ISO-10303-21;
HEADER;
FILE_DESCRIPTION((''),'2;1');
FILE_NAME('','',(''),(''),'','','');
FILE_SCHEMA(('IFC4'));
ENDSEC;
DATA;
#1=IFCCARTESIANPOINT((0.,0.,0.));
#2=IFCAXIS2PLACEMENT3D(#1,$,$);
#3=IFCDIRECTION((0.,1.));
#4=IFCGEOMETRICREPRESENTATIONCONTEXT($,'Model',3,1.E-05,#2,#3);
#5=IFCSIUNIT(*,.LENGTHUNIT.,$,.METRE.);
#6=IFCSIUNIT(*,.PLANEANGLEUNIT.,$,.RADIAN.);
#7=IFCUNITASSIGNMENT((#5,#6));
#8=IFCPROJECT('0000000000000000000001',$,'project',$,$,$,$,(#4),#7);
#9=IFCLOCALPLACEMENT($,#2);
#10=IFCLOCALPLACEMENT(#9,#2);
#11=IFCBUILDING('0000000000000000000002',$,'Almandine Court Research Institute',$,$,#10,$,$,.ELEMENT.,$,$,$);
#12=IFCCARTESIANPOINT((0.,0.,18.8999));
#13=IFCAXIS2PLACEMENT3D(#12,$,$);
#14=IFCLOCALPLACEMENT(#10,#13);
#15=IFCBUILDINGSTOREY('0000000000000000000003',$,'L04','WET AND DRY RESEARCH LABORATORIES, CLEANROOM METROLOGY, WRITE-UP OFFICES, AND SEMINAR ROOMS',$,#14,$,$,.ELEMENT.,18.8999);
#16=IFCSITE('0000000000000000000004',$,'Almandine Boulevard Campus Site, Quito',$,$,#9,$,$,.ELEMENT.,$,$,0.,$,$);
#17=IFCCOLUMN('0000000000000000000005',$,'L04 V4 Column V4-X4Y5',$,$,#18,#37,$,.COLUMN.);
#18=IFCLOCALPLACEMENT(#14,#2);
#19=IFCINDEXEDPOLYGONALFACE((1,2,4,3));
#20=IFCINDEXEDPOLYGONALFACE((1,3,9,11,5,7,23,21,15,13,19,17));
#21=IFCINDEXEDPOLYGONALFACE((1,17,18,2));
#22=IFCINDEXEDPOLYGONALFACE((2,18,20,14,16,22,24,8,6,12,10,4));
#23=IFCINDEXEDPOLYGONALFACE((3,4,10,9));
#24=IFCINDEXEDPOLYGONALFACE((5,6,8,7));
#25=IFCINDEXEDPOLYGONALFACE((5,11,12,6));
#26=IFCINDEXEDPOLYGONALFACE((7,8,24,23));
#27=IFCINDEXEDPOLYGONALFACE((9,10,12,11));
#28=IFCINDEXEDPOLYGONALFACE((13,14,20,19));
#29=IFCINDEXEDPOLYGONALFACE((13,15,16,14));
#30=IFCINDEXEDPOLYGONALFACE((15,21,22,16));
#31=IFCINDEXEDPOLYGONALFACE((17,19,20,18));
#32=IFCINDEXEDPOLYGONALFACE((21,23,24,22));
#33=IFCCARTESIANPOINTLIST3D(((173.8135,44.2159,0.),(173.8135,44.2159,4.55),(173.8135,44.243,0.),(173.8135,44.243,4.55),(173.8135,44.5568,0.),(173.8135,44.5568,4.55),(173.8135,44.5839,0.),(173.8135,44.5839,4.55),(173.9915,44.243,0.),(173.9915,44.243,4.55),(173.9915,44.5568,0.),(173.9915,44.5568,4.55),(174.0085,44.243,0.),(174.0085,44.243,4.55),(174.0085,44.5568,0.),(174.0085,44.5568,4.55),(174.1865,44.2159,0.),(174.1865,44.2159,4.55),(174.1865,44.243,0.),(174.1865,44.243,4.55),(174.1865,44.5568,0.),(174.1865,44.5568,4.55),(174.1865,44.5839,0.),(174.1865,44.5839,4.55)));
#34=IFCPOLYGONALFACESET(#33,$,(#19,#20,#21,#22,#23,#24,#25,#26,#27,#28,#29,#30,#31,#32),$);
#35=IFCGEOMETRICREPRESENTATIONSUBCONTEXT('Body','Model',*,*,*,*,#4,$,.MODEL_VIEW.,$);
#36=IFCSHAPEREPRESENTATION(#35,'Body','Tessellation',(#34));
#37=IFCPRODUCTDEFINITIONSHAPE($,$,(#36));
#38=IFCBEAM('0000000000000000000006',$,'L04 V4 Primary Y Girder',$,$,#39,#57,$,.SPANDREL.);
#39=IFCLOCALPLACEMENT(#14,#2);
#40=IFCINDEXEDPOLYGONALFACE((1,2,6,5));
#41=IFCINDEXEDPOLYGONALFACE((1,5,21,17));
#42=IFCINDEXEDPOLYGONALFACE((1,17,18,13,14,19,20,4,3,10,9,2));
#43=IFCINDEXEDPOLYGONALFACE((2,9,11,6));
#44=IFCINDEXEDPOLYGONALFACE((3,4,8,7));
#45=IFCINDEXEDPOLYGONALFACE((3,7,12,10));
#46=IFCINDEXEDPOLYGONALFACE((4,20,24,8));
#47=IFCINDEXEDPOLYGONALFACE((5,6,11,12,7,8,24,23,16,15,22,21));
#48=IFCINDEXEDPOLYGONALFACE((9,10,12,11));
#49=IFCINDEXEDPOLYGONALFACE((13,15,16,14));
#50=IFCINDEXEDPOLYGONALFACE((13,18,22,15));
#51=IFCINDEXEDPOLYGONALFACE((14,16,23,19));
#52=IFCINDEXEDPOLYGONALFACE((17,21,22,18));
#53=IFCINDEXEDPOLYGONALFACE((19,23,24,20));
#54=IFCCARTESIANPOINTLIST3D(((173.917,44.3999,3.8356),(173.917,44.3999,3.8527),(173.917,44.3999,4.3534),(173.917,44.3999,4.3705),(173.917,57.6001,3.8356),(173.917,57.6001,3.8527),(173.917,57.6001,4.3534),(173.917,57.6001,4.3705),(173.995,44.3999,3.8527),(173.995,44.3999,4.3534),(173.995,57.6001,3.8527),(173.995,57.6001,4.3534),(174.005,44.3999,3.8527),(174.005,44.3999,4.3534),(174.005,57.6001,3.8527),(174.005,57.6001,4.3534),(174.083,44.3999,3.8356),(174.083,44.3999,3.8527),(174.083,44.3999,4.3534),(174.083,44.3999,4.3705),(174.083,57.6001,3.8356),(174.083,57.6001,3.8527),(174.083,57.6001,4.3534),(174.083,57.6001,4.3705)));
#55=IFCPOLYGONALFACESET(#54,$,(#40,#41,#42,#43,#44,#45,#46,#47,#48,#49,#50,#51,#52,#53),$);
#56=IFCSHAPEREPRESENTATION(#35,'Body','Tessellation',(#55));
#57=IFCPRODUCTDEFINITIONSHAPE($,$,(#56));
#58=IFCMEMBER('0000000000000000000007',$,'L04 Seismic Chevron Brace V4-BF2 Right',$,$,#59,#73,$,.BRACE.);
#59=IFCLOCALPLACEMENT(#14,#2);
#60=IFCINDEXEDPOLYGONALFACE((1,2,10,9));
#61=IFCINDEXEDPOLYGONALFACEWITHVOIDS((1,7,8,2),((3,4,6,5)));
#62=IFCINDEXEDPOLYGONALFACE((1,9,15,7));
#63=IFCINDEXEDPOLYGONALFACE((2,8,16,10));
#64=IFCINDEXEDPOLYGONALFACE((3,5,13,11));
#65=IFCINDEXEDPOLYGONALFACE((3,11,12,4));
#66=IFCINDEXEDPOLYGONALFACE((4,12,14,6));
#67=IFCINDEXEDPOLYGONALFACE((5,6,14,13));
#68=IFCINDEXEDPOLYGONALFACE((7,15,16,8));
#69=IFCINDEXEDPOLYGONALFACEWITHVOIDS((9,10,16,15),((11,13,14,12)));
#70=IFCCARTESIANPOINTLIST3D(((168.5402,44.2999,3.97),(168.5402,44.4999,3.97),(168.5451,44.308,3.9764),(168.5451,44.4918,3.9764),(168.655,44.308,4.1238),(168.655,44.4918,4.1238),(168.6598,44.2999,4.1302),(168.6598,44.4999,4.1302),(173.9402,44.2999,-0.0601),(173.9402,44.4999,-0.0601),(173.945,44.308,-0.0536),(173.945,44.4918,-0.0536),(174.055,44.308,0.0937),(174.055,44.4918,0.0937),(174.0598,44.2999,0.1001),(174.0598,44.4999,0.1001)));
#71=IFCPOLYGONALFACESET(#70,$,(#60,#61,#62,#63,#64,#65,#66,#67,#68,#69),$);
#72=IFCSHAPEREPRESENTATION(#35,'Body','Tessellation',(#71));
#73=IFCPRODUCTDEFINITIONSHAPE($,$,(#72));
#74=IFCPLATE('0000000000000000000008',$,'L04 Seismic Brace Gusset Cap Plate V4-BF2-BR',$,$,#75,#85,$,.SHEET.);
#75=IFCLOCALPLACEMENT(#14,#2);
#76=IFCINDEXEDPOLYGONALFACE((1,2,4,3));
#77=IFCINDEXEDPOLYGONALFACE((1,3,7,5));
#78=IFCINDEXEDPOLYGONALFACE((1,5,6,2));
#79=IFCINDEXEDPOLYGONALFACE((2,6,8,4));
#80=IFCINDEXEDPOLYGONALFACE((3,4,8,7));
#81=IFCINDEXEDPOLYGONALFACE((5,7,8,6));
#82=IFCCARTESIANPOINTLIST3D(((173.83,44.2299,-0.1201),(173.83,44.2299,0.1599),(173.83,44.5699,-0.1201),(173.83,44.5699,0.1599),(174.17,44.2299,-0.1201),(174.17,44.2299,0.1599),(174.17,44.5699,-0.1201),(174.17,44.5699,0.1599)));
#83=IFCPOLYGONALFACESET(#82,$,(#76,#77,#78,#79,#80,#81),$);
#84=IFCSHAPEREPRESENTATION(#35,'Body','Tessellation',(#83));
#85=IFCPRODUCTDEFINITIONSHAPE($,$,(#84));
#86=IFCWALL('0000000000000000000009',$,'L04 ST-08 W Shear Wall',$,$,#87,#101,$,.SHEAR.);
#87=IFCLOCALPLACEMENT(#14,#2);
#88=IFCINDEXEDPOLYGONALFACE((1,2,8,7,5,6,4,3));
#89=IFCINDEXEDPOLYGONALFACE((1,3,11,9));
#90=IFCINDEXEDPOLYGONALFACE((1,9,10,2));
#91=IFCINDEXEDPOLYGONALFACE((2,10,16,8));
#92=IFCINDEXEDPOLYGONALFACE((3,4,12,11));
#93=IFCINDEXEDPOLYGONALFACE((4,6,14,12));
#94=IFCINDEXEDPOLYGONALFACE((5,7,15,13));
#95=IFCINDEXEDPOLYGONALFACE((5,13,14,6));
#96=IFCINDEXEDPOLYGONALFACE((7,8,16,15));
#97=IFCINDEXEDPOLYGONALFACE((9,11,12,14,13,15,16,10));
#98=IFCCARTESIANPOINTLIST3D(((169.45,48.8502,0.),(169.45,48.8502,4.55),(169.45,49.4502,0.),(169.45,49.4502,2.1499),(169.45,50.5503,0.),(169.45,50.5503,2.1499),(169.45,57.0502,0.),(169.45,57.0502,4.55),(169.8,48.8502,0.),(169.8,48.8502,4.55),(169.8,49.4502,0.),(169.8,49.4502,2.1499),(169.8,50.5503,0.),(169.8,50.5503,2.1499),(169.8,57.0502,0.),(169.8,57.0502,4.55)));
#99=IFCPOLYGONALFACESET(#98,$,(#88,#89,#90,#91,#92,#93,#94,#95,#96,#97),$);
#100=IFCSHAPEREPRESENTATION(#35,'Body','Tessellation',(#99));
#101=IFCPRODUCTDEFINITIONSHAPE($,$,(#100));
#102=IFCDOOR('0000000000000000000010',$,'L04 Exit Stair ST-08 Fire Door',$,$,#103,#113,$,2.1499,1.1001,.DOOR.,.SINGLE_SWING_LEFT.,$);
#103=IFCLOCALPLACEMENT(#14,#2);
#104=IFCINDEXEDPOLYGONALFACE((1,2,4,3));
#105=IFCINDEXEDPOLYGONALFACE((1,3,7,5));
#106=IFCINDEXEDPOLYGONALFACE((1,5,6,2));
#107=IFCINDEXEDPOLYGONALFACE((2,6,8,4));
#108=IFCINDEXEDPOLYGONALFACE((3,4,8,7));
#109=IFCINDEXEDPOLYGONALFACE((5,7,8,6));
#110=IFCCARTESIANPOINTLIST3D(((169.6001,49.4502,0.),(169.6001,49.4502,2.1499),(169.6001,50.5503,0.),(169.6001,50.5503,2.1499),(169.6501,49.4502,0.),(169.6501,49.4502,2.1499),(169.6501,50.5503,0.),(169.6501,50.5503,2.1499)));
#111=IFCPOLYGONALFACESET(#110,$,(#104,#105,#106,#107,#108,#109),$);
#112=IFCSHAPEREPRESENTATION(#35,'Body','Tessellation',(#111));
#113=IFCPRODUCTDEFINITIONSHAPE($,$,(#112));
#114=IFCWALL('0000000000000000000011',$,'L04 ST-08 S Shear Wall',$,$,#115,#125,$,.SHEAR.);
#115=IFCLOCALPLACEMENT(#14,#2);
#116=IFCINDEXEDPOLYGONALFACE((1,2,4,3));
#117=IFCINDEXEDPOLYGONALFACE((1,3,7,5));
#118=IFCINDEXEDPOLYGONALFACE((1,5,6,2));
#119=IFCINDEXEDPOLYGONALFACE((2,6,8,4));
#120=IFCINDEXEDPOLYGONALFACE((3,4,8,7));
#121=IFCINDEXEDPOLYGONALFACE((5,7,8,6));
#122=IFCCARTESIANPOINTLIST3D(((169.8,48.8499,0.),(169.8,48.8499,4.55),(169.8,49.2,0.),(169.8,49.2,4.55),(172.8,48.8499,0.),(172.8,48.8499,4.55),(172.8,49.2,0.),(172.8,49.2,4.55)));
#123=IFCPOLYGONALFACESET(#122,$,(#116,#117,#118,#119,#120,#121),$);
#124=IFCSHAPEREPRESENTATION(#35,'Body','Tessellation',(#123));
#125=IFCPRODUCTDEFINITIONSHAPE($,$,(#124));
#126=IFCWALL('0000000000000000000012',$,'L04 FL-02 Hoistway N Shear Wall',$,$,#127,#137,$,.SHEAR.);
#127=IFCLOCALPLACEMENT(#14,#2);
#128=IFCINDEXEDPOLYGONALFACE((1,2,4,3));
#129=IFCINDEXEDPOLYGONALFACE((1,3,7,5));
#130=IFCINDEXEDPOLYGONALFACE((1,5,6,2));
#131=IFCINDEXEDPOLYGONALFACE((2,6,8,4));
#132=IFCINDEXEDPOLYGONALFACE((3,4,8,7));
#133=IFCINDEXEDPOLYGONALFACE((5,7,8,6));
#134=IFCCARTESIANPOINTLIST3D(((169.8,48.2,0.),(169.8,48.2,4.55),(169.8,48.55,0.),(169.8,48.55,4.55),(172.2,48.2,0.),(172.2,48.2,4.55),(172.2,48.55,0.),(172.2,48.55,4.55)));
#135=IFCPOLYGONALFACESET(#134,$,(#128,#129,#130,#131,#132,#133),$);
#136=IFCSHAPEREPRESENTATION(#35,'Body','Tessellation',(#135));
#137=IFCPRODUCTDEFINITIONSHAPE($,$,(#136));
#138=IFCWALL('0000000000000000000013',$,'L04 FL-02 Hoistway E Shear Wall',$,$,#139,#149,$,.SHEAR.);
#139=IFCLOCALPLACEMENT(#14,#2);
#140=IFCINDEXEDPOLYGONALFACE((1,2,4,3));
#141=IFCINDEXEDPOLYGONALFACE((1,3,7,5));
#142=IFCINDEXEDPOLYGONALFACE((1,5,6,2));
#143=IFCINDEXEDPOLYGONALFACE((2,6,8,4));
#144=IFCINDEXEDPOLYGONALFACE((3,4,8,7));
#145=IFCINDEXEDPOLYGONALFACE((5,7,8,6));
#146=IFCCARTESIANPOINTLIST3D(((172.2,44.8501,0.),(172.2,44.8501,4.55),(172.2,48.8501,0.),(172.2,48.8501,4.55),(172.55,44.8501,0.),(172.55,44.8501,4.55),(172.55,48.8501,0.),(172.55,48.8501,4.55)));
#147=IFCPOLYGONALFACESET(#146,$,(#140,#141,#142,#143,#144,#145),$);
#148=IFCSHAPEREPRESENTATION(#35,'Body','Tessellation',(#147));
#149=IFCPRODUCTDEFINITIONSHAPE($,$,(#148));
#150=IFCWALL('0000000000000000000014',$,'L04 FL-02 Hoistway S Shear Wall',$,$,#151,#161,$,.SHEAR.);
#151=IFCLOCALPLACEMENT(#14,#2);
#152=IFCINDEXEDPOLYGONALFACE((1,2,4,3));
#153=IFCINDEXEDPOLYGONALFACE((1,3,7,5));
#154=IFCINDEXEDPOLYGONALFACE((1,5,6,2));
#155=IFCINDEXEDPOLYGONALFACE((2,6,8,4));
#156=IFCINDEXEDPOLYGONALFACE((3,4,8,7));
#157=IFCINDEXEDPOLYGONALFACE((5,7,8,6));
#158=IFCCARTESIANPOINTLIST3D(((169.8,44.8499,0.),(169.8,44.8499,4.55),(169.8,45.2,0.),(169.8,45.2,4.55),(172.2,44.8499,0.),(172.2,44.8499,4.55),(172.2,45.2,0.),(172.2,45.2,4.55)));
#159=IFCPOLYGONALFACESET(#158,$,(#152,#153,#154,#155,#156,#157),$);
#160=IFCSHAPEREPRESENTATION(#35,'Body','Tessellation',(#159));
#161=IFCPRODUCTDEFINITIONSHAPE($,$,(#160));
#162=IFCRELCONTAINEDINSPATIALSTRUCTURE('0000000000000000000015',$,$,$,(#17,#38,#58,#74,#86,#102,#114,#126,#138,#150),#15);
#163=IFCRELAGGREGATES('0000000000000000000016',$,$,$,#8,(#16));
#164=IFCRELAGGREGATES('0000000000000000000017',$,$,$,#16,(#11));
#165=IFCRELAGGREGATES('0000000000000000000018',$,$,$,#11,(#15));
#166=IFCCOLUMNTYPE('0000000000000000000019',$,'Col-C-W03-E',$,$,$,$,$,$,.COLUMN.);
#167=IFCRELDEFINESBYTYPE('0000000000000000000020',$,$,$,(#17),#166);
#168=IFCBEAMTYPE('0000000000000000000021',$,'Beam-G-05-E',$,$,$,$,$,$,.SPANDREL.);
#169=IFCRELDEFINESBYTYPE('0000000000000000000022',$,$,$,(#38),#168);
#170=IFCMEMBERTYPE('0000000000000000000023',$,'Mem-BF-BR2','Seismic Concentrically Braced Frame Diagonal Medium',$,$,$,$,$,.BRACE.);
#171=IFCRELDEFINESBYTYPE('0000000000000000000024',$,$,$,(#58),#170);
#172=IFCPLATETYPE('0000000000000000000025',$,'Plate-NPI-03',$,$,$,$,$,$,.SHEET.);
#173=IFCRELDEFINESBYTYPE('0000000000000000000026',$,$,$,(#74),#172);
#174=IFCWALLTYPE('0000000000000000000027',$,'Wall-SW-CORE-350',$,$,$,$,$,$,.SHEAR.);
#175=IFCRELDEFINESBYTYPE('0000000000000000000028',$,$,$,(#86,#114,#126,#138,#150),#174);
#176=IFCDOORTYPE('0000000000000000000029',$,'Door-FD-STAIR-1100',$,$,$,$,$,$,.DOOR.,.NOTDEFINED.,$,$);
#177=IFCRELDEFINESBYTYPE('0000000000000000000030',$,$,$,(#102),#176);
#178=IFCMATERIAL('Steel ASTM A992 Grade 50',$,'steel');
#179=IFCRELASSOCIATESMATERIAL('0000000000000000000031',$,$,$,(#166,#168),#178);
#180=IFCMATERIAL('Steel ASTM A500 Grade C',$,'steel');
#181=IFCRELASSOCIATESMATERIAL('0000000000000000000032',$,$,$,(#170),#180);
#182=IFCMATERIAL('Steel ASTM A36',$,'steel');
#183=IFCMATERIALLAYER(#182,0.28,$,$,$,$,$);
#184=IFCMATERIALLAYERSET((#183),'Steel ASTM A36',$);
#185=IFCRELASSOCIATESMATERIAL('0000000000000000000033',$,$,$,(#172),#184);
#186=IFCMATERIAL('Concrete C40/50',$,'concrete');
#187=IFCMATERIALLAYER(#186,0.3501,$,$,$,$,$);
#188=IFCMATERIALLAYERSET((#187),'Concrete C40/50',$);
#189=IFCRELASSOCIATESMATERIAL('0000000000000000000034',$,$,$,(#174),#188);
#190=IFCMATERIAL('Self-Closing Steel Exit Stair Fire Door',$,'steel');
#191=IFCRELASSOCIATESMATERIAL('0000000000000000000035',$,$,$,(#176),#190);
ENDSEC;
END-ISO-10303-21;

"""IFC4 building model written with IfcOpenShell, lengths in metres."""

from ifc_helpers import new_model, si_unit, direction, frame, frame_2d, origin, origin_2d, place, context, subcontext, project, spatial, rectangle, hollow_rectangle, i_section, extrude, material, layer, layer_set, material_profile, profile_set, type_object, element, fill, save


model = new_model("IFC4")

# Units and contexts
model_context = context("Model", 3, precision=1e-05, world=origin(), true_north=direction((0.0, 1.0)))
body_context = subcontext(model_context, "Body", "Model", "MODEL_VIEW")
ifc_project = project(units=[si_unit("LENGTHUNIT", "METRE"), si_unit("PLANEANGLEUNIT", "RADIAN")], contexts=[model_context])

# Site, building, storey
site_placement = place(None, origin())
site = spatial("IfcSite", under=ifc_project, at=site_placement, Name="Almandine Boulevard Campus Site, Quito", CompositionType="ELEMENT", RefElevation=0.0)
building_placement = place(site_placement, origin())
building = spatial("IfcBuilding", under=site, at=building_placement, Name="Almandine Court Research Institute", CompositionType="ELEMENT")
storey_placement = place(building_placement, frame((0.0, 0.0, 18.8999)))
storey = spatial("IfcBuildingStorey", under=building, at=storey_placement, Name="L04", Description="WET AND DRY RESEARCH LABORATORIES, CLEANROOM METROLOGY, WRITE-UP OFFICES, AND SEMINAR ROOMS", CompositionType="ELEMENT", Elevation=18.8999)

# Column
ifc_material_1 = material(Name="Steel ASTM A992 Grade 50", Category="steel")
ifc_material_profile_1 = material_profile(ifc_material_1, i_section(OverallWidth=0.373, OverallDepth=0.3679, WebThickness=0.0171, FlangeThickness=0.0271, at=origin_2d()), Name="W360x179")
ifc_profile_set_1 = profile_set([ifc_material_profile_1], Name="Steel ASTM A992 Grade 50")
column_type = type_object("IfcColumnType", Name="Col-C-W03-E", PredefinedType="COLUMN", material=ifc_profile_set_1)
column_placement = place(storey_placement, frame((174.0, 44.3999, 0.0), z_axis=(0.0, 0.0, 1.0), x_axis=(1.0, 0.0, 0.0)))
element("IfcColumn", 1, at=column_placement, inside=storey, type_object=column_type, Name="L04 V4 Column V4-X4Y5", PredefinedType="COLUMN", context=body_context, shape_type="SweptSolid", body=[
    extrude(i_section(OverallWidth=0.373, OverallDepth=0.3679, WebThickness=0.0171, FlangeThickness=0.0271, at=origin_2d()), origin(), (0.0, 0.0, 1.0), 4.55),
])

# Beam
ifc_material_profile_2 = material_profile(ifc_material_1, i_section(OverallWidth=0.166, OverallDepth=0.5349, WebThickness=0.01, FlangeThickness=0.0171, at=origin_2d()), Name="W530x85")
ifc_profile_set_2 = profile_set([ifc_material_profile_2], Name="Steel ASTM A992 Grade 50")
beam_type = type_object("IfcBeamType", Name="Beam-G-05-E", PredefinedType="SPANDREL", material=ifc_profile_set_2)
beam_placement = place(storey_placement, frame((174.0, 44.3999, 4.103), z_axis=(0.0, 1.0, 0.0), x_axis=(-1.0, 0.0, 0.0)))
element("IfcBeam", 2, at=beam_placement, inside=storey, type_object=beam_type, Name="L04 V4 Primary Y Girder", PredefinedType="SPANDREL", context=body_context, shape_type="SweptSolid", body=[
    extrude(i_section(OverallWidth=0.166, OverallDepth=0.5349, WebThickness=0.01, FlangeThickness=0.0171, at=origin_2d()), origin(), (0.0, 0.0, 1.0), 13.2002),
])

# Member
ifc_material_2 = material(Name="Steel ASTM A500 Grade C", Category="steel")
ifc_material_profile_3 = material_profile(ifc_material_2, hollow_rectangle(XDim=0.2, YDim=0.2, WallThickness=0.0081, at=origin_2d()), Name="HSS 200x200x8")
ifc_profile_set_3 = profile_set([ifc_material_profile_3], Name="Steel ASTM A500 Grade C")
member_type = type_object("IfcMemberType", Name="Mem-BF-BR2", Description="Seismic Concentrically Braced Frame Diagonal Medium", PredefinedType="BRACE", material=ifc_profile_set_3)
member_placement = place(storey_placement, frame((174.0, 44.3999, 0.02), z_axis=(-0.801415, 0.0, 0.598108), x_axis=(0.0, -1.0, 0.0)))
element("IfcMember", 3, at=member_placement, inside=storey, type_object=member_type, Name="L04 Seismic Chevron Brace V4-BF2 Right", PredefinedType="BRACE", context=body_context, shape_type="SweptSolid", body=[
    extrude(hollow_rectangle(XDim=0.2, YDim=0.2, WallThickness=0.0081, at=origin_2d()), origin(), (0.0, 0.0, 1.0), 6.738),
])

# Plate
ifc_material_3 = material(Name="Steel ASTM A36", Category="steel")
ifc_layer_1 = layer(ifc_material_3, 0.28)
ifc_layer_set_1 = layer_set([ifc_layer_1], Name="Steel ASTM A36")
plate_type = type_object("IfcPlateType", Name="Plate-NPI-03", PredefinedType="SHEET", material=ifc_layer_set_1)
plate_placement = place(storey_placement, frame((174.0, 44.3999, -0.1201), z_axis=(0.0, 0.0, 1.0), x_axis=(1.0, 0.0, 0.0)))
element("IfcPlate", 4, at=plate_placement, inside=storey, type_object=plate_type, Name="L04 Seismic Brace Gusset Cap Plate V4-BF2-BR", PredefinedType="SHEET", context=body_context, shape_type="SweptSolid", body=[
    extrude(rectangle(XDim=0.3401, YDim=0.3401, at=origin_2d()), origin(), (0.0, 0.0, 1.0), 0.28),
])

# Wall, opening, door
ifc_material_4 = material(Name="Concrete C40/50", Category="concrete")
ifc_layer_2 = layer(ifc_material_4, 0.3501)
ifc_layer_set_2 = layer_set([ifc_layer_2], Name="Concrete C40/50")
wall_type = type_object("IfcWallType", Name="Wall-SW-CORE-350", PredefinedType="SHEAR", material=ifc_layer_set_2)
wall_1_placement = place(storey_placement, frame((169.625, 48.8501, 0.0), z_axis=(0.0, 0.0, 1.0), x_axis=(0.0, 1.0, 0.0)))
wall_1 = element("IfcWall", 5, at=wall_1_placement, inside=storey, type_object=wall_type, Name="L04 ST-08 W Shear Wall", PredefinedType="SHEAR", context=body_context, shape_type="SweptSolid", body=[
    extrude(rectangle(XDim=8.2, YDim=0.3501, at=frame_2d((4.1001, 0.0))), origin(), (0.0, 0.0, 1.0), 4.55),
])
opening_1_placement = place(wall_1_placement, frame((0.6001, 0.0, 0.0)))
opening_1 = element("IfcOpeningElement", 6, at=opening_1_placement, cuts=wall_1, PredefinedType="OPENING", context=body_context, shape_type="SweptSolid", body=[
    extrude(rectangle(XDim=1.1001, YDim=2.1499, at=frame_2d((0.55, 1.075))), frame((0.0, 0.1851, 0.0), z_axis=(0.0, -1.0, 0.0), x_axis=(1.0, 0.0, 0.0)), (0.0, 0.0, 1.0), 0.3701),
])
ifc_material_5 = material(Name="Self-Closing Steel Exit Stair Fire Door", Category="steel")
door_type_1 = type_object("IfcDoorType", Name="Door-FD-STAIR-1100", OperationType="NOTDEFINED", PredefinedType="DOOR", material=ifc_material_5)
door_1_placement = place(opening_1_placement, origin())
door_1 = element("IfcDoor", 7, at=door_1_placement, inside=storey, type_object=door_type_1, Name="L04 Exit Stair ST-08 Fire Door", OperationType="SINGLE_SWING_LEFT", OverallHeight=2.1499, OverallWidth=1.1001, PredefinedType="DOOR", context=body_context, shape_type="SweptSolid", body=[
    extrude(rectangle(XDim=1.1001, YDim=2.1499, at=frame_2d((0.55, 1.075))), frame((0.0, 0.0249, 0.0), z_axis=(0.0, -1.0, 0.0), x_axis=(1.0, 0.0, 0.0)), (0.0, 0.0, 1.0), 0.05),
])
fill(opening_1, door_1)

# Wall
wall_2_placement = place(storey_placement, frame((172.8, 49.0249, 0.0), z_axis=(0.0, 0.0, 1.0), x_axis=(-1.0, 0.0, 0.0)))
element("IfcWall", 8, at=wall_2_placement, inside=storey, type_object=wall_type, Name="L04 ST-08 S Shear Wall", PredefinedType="SHEAR", context=body_context, shape_type="SweptSolid", body=[
    extrude(rectangle(XDim=3.0, YDim=0.3501, at=frame_2d((1.5, 0.0))), origin(), (0.0, 0.0, 1.0), 4.55),
])

# Walls
wall_3_placement = place(storey_placement, frame((169.8, 48.375, 0.0), z_axis=(0.0, 0.0, 1.0), x_axis=(1.0, 0.0, 0.0)))
element("IfcWall", 9, at=wall_3_placement, inside=storey, type_object=wall_type, Name="L04 FL-02 Hoistway N Shear Wall", PredefinedType="SHEAR", context=body_context, shape_type="SweptSolid", body=[
    extrude(rectangle(XDim=2.3999, YDim=0.3501, at=frame_2d((1.2, 0.0))), origin(), (0.0, 0.0, 1.0), 4.55),
])
wall_4_placement = place(storey_placement, frame((172.375, 48.8501, 0.0), z_axis=(0.0, 0.0, 1.0), x_axis=(0.0, -1.0, 0.0)))
element("IfcWall", 10, at=wall_4_placement, inside=storey, type_object=wall_type, Name="L04 FL-02 Hoistway E Shear Wall", PredefinedType="SHEAR", context=body_context, shape_type="SweptSolid", body=[
    extrude(rectangle(XDim=4.0, YDim=0.3501, at=frame_2d((2.0, 0.0))), origin(), (0.0, 0.0, 1.0), 4.55),
])
wall_5_placement = place(storey_placement, frame((172.2, 45.0249, 0.0), z_axis=(0.0, 0.0, 1.0), x_axis=(-1.0, 0.0, 0.0)))
element("IfcWall", 11, at=wall_5_placement, inside=storey, type_object=wall_type, Name="L04 FL-02 Hoistway S Shear Wall", PredefinedType="SHEAR", context=body_context, shape_type="SweptSolid", body=[
    extrude(rectangle(XDim=2.3999, YDim=0.3501, at=frame_2d((1.2, 0.0))), origin(), (0.0, 0.0, 1.0), 4.55),
])

save(model, "model.ifc")
